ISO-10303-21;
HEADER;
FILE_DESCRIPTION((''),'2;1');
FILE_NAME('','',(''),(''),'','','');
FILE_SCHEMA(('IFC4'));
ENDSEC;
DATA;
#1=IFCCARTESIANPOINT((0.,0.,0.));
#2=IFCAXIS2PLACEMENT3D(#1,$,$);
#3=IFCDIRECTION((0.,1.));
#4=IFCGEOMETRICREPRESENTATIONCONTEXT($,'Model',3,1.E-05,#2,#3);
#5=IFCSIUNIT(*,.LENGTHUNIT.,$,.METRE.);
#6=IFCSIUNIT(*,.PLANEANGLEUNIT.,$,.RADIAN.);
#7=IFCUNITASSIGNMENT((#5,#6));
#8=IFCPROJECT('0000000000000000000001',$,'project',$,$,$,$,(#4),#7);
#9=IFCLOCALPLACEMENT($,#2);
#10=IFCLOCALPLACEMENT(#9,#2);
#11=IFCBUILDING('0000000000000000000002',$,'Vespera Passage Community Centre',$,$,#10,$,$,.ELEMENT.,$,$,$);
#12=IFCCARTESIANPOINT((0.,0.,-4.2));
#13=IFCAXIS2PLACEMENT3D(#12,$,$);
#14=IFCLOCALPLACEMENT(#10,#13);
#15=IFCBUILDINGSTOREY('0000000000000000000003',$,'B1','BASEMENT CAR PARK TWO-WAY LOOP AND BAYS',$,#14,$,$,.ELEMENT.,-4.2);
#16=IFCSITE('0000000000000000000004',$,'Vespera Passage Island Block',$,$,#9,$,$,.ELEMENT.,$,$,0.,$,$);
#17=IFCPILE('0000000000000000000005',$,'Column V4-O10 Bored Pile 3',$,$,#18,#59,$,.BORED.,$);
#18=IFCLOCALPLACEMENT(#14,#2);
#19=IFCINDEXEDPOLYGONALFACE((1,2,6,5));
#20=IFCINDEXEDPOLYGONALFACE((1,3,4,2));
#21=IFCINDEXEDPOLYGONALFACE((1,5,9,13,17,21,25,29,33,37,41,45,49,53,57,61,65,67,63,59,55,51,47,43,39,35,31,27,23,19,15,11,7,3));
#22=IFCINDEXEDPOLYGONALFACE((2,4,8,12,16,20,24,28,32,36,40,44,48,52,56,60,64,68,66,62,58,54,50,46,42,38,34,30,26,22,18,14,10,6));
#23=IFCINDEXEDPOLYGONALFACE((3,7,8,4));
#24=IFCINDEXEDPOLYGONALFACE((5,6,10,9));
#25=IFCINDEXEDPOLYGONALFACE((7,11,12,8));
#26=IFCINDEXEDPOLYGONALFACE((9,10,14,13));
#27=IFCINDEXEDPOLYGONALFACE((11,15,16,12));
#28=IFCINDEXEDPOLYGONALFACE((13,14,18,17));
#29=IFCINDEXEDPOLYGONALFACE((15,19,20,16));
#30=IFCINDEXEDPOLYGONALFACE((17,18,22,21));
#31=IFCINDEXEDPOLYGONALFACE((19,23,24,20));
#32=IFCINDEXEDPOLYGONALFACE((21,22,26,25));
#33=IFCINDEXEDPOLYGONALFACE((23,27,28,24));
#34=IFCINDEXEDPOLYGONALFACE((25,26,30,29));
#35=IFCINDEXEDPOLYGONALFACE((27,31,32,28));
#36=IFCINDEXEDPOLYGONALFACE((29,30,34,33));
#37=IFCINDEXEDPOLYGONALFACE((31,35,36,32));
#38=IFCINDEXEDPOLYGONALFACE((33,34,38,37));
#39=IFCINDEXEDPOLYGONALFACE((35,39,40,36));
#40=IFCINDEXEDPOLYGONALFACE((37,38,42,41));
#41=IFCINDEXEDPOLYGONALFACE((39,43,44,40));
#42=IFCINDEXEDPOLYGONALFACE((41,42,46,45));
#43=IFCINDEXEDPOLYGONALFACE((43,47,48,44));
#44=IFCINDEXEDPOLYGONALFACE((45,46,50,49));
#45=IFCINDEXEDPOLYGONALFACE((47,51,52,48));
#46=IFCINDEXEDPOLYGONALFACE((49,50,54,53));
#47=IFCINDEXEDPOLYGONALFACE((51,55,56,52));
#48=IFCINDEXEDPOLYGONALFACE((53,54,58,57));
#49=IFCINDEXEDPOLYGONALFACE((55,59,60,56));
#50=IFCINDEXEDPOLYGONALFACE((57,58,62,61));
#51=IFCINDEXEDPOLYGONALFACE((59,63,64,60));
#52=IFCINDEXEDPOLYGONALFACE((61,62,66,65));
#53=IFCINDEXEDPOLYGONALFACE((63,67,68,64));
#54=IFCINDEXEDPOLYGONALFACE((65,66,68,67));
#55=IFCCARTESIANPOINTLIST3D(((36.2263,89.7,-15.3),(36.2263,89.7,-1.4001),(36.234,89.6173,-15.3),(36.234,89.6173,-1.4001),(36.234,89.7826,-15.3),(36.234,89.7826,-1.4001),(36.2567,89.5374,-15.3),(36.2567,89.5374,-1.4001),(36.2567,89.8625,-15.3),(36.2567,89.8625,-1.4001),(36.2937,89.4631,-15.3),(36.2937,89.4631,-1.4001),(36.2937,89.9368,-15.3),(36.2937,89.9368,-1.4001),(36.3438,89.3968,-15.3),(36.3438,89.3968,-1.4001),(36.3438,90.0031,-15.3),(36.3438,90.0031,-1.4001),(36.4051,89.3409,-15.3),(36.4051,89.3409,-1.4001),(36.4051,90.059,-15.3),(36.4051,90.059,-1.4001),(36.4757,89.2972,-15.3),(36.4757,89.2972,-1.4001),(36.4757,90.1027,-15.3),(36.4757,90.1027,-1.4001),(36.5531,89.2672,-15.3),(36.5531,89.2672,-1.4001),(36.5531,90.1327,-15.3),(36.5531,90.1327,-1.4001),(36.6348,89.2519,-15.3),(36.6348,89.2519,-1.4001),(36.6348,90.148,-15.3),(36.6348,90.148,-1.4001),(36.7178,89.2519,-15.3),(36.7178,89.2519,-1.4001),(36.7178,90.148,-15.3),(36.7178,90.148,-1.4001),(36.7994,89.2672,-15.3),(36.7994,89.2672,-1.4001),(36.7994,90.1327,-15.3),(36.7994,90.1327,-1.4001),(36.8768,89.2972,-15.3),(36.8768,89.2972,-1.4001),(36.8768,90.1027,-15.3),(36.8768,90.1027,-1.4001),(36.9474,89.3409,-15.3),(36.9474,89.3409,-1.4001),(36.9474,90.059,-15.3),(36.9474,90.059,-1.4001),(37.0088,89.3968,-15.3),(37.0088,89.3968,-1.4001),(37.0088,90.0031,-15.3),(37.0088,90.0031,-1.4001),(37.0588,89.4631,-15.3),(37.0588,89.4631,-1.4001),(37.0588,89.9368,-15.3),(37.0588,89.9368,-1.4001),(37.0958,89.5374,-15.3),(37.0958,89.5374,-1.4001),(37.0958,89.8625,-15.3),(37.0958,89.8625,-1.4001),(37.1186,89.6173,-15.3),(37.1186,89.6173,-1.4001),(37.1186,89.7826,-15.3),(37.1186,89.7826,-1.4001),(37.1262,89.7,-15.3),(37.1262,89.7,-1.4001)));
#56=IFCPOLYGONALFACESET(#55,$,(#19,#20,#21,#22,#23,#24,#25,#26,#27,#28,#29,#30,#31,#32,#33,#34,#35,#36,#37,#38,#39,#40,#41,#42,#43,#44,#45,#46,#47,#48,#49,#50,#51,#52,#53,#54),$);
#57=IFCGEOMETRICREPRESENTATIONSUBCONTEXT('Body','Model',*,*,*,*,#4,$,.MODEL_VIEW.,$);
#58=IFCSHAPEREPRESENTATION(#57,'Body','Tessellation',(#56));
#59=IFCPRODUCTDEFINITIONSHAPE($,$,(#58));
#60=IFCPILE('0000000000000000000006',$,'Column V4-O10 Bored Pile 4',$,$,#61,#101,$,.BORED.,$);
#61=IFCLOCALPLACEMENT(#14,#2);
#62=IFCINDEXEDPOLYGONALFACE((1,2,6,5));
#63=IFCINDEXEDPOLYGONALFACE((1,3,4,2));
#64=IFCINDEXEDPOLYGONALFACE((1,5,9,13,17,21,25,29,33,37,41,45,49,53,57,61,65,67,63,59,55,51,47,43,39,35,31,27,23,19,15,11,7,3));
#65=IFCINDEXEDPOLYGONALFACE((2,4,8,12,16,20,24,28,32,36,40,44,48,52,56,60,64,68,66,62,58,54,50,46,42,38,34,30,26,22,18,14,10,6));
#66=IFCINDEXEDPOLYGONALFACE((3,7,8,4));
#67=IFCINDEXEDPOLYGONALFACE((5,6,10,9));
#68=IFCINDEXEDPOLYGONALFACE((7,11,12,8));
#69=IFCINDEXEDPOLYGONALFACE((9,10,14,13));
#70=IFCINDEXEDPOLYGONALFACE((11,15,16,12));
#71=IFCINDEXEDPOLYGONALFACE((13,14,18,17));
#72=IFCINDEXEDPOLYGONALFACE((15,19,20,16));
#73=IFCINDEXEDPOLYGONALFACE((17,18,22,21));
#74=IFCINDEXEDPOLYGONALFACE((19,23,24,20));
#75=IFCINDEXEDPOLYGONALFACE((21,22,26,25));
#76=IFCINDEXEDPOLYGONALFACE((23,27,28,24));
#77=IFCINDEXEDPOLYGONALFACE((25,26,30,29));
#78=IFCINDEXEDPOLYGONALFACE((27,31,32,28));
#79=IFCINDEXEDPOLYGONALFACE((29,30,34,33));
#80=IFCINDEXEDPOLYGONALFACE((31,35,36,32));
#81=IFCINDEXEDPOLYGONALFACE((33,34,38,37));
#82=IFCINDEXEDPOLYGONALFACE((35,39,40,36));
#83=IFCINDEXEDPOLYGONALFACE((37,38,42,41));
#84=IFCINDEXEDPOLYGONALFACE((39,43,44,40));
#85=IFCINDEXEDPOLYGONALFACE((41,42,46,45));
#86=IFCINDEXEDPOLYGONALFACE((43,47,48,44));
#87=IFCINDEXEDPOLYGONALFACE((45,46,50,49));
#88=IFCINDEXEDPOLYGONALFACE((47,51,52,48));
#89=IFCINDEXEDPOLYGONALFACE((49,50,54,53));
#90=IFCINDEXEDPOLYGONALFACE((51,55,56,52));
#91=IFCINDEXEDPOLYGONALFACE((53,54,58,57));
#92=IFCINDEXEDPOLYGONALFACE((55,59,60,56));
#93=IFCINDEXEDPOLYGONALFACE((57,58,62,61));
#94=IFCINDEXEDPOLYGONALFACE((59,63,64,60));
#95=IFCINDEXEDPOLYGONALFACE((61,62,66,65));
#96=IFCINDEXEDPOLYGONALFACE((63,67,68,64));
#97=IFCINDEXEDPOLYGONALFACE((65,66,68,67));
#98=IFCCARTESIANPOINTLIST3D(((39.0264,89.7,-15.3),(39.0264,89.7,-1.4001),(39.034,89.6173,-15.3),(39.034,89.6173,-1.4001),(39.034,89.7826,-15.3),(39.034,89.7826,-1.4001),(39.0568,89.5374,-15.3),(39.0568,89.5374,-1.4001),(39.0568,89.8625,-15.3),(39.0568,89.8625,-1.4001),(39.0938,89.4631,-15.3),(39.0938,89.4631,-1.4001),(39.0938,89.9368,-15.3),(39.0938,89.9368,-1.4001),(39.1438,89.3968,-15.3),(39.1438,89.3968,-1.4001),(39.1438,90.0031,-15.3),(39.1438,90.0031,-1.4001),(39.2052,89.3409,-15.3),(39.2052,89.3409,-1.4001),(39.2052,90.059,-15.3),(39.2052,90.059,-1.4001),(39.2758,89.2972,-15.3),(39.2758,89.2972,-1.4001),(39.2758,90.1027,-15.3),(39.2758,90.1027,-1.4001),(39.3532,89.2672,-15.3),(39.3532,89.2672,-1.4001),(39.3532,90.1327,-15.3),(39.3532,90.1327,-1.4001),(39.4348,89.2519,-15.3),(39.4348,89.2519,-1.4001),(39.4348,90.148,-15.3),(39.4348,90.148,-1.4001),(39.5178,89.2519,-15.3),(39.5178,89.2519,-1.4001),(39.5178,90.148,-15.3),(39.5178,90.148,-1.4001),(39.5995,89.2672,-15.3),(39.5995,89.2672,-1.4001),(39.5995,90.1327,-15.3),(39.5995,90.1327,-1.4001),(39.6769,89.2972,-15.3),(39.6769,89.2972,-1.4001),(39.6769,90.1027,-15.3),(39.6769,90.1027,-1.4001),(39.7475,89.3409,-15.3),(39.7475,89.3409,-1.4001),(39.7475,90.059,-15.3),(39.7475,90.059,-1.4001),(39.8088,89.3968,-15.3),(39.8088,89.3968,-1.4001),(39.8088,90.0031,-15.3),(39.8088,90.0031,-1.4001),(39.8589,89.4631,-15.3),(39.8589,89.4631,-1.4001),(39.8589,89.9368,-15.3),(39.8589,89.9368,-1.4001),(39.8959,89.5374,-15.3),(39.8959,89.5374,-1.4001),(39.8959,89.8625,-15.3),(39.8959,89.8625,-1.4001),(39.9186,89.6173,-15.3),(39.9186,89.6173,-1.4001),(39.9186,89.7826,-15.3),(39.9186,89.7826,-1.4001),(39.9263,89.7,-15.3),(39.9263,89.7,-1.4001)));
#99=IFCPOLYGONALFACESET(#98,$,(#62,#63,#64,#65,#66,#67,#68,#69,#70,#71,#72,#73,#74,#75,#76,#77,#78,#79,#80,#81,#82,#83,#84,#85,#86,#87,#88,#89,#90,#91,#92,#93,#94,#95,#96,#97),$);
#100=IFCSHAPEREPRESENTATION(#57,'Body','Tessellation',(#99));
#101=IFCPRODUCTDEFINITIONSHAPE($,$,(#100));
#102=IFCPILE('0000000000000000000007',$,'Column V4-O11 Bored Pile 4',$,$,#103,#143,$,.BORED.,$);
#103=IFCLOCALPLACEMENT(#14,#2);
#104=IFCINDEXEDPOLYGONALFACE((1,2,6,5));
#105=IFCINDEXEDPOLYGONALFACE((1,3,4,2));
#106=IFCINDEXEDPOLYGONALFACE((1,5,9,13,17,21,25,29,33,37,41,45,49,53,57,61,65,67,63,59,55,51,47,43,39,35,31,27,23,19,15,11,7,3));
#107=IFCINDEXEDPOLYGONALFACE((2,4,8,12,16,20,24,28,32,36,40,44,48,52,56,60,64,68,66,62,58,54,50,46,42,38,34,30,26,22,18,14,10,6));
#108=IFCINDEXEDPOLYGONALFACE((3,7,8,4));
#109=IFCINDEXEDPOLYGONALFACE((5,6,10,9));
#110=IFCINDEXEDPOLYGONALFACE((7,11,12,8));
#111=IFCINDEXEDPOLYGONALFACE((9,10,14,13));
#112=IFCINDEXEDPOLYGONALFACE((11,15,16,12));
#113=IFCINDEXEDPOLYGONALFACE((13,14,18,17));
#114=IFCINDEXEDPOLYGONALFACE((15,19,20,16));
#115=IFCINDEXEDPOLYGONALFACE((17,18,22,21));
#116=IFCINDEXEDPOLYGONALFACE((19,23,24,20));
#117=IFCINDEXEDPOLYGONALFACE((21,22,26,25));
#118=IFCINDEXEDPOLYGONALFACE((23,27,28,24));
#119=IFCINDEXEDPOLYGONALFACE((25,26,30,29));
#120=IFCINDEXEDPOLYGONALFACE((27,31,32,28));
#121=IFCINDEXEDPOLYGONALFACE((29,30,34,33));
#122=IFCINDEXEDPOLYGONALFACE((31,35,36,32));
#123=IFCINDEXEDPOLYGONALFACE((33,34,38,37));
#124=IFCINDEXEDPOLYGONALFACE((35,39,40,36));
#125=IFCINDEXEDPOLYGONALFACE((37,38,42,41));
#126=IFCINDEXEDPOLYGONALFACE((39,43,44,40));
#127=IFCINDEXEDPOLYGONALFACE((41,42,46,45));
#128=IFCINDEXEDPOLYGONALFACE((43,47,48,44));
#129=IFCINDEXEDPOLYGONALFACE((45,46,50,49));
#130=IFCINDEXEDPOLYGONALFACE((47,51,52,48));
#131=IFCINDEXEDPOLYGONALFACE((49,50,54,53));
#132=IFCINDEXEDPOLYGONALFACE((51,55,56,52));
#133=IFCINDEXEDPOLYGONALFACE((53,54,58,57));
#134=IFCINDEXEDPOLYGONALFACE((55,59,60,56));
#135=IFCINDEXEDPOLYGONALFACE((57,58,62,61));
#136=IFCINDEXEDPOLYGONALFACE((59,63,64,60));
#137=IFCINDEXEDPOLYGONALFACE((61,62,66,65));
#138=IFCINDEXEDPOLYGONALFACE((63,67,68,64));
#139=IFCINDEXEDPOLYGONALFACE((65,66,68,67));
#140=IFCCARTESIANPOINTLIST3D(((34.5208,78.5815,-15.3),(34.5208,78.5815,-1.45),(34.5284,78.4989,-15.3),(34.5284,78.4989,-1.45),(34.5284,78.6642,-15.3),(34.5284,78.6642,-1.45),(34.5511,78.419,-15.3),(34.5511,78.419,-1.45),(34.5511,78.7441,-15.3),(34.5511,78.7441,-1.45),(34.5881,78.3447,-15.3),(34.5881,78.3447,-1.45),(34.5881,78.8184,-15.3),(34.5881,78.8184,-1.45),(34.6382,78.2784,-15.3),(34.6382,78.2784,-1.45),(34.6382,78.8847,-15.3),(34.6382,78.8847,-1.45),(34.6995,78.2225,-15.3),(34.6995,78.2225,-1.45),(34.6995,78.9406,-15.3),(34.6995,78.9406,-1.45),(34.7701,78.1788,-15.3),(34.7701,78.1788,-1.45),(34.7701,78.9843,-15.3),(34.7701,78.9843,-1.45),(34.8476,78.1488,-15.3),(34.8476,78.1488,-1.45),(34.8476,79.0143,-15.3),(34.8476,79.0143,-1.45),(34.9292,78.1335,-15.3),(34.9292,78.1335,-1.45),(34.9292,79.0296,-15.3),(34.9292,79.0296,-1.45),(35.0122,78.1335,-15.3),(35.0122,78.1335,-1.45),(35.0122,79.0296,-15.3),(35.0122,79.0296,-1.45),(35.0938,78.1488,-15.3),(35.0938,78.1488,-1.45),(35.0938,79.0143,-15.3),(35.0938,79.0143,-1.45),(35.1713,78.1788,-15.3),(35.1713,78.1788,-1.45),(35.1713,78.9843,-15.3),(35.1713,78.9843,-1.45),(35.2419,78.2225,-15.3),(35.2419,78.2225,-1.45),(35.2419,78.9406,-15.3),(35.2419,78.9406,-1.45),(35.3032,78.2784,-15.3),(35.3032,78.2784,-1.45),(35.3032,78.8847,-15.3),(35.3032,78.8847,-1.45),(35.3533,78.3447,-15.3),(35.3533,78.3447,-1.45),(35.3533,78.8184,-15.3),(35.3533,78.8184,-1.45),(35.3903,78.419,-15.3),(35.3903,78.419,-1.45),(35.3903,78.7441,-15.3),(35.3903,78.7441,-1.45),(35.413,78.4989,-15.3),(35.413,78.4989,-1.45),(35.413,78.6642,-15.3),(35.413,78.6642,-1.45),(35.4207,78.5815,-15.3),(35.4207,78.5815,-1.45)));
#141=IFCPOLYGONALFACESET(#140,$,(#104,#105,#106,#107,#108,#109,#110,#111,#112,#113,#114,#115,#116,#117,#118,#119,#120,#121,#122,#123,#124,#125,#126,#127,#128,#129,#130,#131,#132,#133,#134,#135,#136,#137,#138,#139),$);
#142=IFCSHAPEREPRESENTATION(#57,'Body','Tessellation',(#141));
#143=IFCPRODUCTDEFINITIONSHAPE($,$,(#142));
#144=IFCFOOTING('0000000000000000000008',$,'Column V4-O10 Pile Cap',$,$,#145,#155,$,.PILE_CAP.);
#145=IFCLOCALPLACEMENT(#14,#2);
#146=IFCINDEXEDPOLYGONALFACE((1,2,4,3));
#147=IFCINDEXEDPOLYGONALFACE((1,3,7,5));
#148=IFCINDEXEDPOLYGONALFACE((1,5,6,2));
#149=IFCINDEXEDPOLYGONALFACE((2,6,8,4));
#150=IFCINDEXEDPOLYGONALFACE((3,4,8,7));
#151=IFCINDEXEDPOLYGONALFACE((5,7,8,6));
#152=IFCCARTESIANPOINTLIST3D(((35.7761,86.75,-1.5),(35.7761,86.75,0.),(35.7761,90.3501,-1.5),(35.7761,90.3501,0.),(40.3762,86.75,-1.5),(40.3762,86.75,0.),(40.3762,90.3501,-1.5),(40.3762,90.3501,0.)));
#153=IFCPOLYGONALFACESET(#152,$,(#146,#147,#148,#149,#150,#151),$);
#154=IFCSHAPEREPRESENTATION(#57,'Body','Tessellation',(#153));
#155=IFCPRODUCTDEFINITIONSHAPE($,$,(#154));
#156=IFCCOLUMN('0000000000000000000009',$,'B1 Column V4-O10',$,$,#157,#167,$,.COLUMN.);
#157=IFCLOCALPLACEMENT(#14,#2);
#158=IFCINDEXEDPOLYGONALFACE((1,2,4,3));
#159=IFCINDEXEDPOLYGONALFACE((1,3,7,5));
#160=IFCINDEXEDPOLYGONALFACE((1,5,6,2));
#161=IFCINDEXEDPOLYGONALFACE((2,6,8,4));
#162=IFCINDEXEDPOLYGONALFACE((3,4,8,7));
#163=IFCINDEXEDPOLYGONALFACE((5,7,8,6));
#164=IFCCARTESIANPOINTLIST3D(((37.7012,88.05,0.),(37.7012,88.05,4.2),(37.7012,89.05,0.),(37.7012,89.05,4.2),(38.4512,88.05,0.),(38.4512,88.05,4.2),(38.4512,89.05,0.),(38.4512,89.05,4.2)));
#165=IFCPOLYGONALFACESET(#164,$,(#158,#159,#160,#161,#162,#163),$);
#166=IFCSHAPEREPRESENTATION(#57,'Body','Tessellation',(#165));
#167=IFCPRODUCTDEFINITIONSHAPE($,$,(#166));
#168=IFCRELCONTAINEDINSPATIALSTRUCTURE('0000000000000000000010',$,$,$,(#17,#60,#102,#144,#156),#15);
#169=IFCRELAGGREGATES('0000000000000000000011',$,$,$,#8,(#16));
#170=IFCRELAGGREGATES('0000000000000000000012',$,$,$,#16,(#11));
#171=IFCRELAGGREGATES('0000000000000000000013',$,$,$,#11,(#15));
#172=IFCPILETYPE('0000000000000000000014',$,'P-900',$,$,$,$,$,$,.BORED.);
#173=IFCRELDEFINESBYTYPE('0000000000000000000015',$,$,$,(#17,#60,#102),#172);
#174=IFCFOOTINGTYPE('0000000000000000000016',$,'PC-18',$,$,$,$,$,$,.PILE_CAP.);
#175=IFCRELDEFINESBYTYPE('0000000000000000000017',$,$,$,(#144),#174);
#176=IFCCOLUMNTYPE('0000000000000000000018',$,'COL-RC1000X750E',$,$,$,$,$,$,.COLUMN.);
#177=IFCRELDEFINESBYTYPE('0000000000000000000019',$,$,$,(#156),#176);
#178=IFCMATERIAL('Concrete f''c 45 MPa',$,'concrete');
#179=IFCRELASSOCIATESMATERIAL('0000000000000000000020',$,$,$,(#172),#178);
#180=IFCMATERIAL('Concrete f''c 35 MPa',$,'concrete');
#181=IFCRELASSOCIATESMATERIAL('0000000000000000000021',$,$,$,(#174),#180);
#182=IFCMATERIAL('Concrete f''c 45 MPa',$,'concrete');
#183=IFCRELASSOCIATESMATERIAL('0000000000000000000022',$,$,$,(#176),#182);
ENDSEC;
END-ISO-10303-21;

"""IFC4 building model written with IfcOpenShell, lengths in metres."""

from ifc_helpers import new_model, si_unit, direction, frame, origin, origin_2d, place, context, subcontext, project, spatial, rectangle, circle, extrude, material, material_profile, profile_set, type_object, element, save


model = new_model("IFC4")

# Units and contexts
model_context = context("Model", 3, precision=1e-05, world=origin(), true_north=direction((0.0, 1.0)))
body_context = subcontext(model_context, "Body", "Model", "MODEL_VIEW")
ifc_project = project(units=[si_unit("LENGTHUNIT", "METRE"), si_unit("PLANEANGLEUNIT", "RADIAN")], contexts=[model_context])

# Site, building, storey
site_placement = place(None, origin())
site = spatial("IfcSite", under=ifc_project, at=site_placement, Name="Vespera Passage Island Block", CompositionType="ELEMENT", RefElevation=0.0)
building_placement = place(site_placement, origin())
building = spatial("IfcBuilding", under=site, at=building_placement, Name="Vespera Passage Community Centre", CompositionType="ELEMENT")
storey_placement = place(building_placement, frame((0.0, 0.0, -4.2)))
storey = spatial("IfcBuildingStorey", under=building, at=storey_placement, Name="B1", Description="BASEMENT CAR PARK TWO-WAY LOOP AND BAYS", CompositionType="ELEMENT", Elevation=-4.2)

# Piles
ifc_material_1 = material(Name="Concrete f'c 45 MPa", Category="concrete")
ifc_material_profile_1 = material_profile(ifc_material_1, circle(Radius=0.45, at=origin_2d()), Name="PILE900DIA")
ifc_profile_set_1 = profile_set([ifc_material_profile_1], Name="Concrete f'c 45 MPa")
pile_type = type_object("IfcPileType", Name="P-900", PredefinedType="BORED", material=ifc_profile_set_1)
for number, where, z_axis, x_axis, name in (
    (1, (36.6763, 89.7, -1.4001), (0.0, 0.0, -1.0), (1.0, 0.0, 0.0), "Column V4-O10 Bored Pile 3"),
    (2, (39.4763, 89.7, -1.4001), (0.0, 0.0, -1.0), (1.0, 0.0, 0.0), "Column V4-O10 Bored Pile 4"),
):
    element("IfcPile", number, at=place(storey_placement, frame(where, z_axis=z_axis, x_axis=x_axis)), inside=storey, type_object=pile_type, Name=name, PredefinedType="BORED", context=body_context, shape_type="SweptSolid", body=[
        extrude(circle(Radius=0.45, at=origin_2d()), origin(), (0.0, 0.0, 1.0), 13.8999),
    ])
pile_placement = place(storey_placement, frame((34.9707, 78.5815, -1.45), z_axis=(0.0, 0.0, -1.0), x_axis=(1.0, 0.0, 0.0)))
element("IfcPile", 3, at=pile_placement, inside=storey, type_object=pile_type, Name="Column V4-O11 Bored Pile 4", PredefinedType="BORED", context=body_context, shape_type="SweptSolid", body=[
    extrude(circle(Radius=0.45, at=origin_2d()), origin(), (0.0, 0.0, 1.0), 13.8501),
])

# Footing
ifc_material_2 = material(Name="Concrete f'c 35 MPa", Category="concrete")
footing_type = type_object("IfcFootingType", Name="PC-18", PredefinedType="PILE_CAP", material=ifc_material_2)
footing_placement = place(storey_placement, frame((38.0762, 88.55, -1.5), z_axis=(0.0, 0.0, 1.0), x_axis=(1.0, 0.0, 0.0)))
element("IfcFooting", 4, at=footing_placement, inside=storey, type_object=footing_type, Name="Column V4-O10 Pile Cap", PredefinedType="PILE_CAP", context=body_context, shape_type="SweptSolid", body=[
    extrude(rectangle(XDim=4.6001, YDim=3.6001, at=origin_2d()), origin(), (0.0, 0.0, 1.0), 1.5),
])

# Column
ifc_material_3 = material(Name="Concrete f'c 45 MPa", Category="concrete")
ifc_material_profile_2 = material_profile(ifc_material_3, rectangle(XDim=0.75, YDim=1.0, at=origin_2d()), Name="RC1000X750")
ifc_profile_set_2 = profile_set([ifc_material_profile_2], Name="Concrete f'c 45 MPa")
column_type = type_object("IfcColumnType", Name="COL-RC1000X750E", PredefinedType="COLUMN", material=ifc_profile_set_2)
column_placement = place(storey_placement, frame((38.0762, 88.55, 0.0), z_axis=(0.0, 0.0, 1.0), x_axis=(1.0, 0.0, 0.0)))
element("IfcColumn", 5, at=column_placement, inside=storey, type_object=column_type, Name="B1 Column V4-O10", PredefinedType="COLUMN", context=body_context, shape_type="SweptSolid", body=[
    extrude(rectangle(XDim=0.75, YDim=1.0, at=origin_2d()), origin(), (0.0, 0.0, 1.0), 4.2),
])

save(model, "model.ifc")
